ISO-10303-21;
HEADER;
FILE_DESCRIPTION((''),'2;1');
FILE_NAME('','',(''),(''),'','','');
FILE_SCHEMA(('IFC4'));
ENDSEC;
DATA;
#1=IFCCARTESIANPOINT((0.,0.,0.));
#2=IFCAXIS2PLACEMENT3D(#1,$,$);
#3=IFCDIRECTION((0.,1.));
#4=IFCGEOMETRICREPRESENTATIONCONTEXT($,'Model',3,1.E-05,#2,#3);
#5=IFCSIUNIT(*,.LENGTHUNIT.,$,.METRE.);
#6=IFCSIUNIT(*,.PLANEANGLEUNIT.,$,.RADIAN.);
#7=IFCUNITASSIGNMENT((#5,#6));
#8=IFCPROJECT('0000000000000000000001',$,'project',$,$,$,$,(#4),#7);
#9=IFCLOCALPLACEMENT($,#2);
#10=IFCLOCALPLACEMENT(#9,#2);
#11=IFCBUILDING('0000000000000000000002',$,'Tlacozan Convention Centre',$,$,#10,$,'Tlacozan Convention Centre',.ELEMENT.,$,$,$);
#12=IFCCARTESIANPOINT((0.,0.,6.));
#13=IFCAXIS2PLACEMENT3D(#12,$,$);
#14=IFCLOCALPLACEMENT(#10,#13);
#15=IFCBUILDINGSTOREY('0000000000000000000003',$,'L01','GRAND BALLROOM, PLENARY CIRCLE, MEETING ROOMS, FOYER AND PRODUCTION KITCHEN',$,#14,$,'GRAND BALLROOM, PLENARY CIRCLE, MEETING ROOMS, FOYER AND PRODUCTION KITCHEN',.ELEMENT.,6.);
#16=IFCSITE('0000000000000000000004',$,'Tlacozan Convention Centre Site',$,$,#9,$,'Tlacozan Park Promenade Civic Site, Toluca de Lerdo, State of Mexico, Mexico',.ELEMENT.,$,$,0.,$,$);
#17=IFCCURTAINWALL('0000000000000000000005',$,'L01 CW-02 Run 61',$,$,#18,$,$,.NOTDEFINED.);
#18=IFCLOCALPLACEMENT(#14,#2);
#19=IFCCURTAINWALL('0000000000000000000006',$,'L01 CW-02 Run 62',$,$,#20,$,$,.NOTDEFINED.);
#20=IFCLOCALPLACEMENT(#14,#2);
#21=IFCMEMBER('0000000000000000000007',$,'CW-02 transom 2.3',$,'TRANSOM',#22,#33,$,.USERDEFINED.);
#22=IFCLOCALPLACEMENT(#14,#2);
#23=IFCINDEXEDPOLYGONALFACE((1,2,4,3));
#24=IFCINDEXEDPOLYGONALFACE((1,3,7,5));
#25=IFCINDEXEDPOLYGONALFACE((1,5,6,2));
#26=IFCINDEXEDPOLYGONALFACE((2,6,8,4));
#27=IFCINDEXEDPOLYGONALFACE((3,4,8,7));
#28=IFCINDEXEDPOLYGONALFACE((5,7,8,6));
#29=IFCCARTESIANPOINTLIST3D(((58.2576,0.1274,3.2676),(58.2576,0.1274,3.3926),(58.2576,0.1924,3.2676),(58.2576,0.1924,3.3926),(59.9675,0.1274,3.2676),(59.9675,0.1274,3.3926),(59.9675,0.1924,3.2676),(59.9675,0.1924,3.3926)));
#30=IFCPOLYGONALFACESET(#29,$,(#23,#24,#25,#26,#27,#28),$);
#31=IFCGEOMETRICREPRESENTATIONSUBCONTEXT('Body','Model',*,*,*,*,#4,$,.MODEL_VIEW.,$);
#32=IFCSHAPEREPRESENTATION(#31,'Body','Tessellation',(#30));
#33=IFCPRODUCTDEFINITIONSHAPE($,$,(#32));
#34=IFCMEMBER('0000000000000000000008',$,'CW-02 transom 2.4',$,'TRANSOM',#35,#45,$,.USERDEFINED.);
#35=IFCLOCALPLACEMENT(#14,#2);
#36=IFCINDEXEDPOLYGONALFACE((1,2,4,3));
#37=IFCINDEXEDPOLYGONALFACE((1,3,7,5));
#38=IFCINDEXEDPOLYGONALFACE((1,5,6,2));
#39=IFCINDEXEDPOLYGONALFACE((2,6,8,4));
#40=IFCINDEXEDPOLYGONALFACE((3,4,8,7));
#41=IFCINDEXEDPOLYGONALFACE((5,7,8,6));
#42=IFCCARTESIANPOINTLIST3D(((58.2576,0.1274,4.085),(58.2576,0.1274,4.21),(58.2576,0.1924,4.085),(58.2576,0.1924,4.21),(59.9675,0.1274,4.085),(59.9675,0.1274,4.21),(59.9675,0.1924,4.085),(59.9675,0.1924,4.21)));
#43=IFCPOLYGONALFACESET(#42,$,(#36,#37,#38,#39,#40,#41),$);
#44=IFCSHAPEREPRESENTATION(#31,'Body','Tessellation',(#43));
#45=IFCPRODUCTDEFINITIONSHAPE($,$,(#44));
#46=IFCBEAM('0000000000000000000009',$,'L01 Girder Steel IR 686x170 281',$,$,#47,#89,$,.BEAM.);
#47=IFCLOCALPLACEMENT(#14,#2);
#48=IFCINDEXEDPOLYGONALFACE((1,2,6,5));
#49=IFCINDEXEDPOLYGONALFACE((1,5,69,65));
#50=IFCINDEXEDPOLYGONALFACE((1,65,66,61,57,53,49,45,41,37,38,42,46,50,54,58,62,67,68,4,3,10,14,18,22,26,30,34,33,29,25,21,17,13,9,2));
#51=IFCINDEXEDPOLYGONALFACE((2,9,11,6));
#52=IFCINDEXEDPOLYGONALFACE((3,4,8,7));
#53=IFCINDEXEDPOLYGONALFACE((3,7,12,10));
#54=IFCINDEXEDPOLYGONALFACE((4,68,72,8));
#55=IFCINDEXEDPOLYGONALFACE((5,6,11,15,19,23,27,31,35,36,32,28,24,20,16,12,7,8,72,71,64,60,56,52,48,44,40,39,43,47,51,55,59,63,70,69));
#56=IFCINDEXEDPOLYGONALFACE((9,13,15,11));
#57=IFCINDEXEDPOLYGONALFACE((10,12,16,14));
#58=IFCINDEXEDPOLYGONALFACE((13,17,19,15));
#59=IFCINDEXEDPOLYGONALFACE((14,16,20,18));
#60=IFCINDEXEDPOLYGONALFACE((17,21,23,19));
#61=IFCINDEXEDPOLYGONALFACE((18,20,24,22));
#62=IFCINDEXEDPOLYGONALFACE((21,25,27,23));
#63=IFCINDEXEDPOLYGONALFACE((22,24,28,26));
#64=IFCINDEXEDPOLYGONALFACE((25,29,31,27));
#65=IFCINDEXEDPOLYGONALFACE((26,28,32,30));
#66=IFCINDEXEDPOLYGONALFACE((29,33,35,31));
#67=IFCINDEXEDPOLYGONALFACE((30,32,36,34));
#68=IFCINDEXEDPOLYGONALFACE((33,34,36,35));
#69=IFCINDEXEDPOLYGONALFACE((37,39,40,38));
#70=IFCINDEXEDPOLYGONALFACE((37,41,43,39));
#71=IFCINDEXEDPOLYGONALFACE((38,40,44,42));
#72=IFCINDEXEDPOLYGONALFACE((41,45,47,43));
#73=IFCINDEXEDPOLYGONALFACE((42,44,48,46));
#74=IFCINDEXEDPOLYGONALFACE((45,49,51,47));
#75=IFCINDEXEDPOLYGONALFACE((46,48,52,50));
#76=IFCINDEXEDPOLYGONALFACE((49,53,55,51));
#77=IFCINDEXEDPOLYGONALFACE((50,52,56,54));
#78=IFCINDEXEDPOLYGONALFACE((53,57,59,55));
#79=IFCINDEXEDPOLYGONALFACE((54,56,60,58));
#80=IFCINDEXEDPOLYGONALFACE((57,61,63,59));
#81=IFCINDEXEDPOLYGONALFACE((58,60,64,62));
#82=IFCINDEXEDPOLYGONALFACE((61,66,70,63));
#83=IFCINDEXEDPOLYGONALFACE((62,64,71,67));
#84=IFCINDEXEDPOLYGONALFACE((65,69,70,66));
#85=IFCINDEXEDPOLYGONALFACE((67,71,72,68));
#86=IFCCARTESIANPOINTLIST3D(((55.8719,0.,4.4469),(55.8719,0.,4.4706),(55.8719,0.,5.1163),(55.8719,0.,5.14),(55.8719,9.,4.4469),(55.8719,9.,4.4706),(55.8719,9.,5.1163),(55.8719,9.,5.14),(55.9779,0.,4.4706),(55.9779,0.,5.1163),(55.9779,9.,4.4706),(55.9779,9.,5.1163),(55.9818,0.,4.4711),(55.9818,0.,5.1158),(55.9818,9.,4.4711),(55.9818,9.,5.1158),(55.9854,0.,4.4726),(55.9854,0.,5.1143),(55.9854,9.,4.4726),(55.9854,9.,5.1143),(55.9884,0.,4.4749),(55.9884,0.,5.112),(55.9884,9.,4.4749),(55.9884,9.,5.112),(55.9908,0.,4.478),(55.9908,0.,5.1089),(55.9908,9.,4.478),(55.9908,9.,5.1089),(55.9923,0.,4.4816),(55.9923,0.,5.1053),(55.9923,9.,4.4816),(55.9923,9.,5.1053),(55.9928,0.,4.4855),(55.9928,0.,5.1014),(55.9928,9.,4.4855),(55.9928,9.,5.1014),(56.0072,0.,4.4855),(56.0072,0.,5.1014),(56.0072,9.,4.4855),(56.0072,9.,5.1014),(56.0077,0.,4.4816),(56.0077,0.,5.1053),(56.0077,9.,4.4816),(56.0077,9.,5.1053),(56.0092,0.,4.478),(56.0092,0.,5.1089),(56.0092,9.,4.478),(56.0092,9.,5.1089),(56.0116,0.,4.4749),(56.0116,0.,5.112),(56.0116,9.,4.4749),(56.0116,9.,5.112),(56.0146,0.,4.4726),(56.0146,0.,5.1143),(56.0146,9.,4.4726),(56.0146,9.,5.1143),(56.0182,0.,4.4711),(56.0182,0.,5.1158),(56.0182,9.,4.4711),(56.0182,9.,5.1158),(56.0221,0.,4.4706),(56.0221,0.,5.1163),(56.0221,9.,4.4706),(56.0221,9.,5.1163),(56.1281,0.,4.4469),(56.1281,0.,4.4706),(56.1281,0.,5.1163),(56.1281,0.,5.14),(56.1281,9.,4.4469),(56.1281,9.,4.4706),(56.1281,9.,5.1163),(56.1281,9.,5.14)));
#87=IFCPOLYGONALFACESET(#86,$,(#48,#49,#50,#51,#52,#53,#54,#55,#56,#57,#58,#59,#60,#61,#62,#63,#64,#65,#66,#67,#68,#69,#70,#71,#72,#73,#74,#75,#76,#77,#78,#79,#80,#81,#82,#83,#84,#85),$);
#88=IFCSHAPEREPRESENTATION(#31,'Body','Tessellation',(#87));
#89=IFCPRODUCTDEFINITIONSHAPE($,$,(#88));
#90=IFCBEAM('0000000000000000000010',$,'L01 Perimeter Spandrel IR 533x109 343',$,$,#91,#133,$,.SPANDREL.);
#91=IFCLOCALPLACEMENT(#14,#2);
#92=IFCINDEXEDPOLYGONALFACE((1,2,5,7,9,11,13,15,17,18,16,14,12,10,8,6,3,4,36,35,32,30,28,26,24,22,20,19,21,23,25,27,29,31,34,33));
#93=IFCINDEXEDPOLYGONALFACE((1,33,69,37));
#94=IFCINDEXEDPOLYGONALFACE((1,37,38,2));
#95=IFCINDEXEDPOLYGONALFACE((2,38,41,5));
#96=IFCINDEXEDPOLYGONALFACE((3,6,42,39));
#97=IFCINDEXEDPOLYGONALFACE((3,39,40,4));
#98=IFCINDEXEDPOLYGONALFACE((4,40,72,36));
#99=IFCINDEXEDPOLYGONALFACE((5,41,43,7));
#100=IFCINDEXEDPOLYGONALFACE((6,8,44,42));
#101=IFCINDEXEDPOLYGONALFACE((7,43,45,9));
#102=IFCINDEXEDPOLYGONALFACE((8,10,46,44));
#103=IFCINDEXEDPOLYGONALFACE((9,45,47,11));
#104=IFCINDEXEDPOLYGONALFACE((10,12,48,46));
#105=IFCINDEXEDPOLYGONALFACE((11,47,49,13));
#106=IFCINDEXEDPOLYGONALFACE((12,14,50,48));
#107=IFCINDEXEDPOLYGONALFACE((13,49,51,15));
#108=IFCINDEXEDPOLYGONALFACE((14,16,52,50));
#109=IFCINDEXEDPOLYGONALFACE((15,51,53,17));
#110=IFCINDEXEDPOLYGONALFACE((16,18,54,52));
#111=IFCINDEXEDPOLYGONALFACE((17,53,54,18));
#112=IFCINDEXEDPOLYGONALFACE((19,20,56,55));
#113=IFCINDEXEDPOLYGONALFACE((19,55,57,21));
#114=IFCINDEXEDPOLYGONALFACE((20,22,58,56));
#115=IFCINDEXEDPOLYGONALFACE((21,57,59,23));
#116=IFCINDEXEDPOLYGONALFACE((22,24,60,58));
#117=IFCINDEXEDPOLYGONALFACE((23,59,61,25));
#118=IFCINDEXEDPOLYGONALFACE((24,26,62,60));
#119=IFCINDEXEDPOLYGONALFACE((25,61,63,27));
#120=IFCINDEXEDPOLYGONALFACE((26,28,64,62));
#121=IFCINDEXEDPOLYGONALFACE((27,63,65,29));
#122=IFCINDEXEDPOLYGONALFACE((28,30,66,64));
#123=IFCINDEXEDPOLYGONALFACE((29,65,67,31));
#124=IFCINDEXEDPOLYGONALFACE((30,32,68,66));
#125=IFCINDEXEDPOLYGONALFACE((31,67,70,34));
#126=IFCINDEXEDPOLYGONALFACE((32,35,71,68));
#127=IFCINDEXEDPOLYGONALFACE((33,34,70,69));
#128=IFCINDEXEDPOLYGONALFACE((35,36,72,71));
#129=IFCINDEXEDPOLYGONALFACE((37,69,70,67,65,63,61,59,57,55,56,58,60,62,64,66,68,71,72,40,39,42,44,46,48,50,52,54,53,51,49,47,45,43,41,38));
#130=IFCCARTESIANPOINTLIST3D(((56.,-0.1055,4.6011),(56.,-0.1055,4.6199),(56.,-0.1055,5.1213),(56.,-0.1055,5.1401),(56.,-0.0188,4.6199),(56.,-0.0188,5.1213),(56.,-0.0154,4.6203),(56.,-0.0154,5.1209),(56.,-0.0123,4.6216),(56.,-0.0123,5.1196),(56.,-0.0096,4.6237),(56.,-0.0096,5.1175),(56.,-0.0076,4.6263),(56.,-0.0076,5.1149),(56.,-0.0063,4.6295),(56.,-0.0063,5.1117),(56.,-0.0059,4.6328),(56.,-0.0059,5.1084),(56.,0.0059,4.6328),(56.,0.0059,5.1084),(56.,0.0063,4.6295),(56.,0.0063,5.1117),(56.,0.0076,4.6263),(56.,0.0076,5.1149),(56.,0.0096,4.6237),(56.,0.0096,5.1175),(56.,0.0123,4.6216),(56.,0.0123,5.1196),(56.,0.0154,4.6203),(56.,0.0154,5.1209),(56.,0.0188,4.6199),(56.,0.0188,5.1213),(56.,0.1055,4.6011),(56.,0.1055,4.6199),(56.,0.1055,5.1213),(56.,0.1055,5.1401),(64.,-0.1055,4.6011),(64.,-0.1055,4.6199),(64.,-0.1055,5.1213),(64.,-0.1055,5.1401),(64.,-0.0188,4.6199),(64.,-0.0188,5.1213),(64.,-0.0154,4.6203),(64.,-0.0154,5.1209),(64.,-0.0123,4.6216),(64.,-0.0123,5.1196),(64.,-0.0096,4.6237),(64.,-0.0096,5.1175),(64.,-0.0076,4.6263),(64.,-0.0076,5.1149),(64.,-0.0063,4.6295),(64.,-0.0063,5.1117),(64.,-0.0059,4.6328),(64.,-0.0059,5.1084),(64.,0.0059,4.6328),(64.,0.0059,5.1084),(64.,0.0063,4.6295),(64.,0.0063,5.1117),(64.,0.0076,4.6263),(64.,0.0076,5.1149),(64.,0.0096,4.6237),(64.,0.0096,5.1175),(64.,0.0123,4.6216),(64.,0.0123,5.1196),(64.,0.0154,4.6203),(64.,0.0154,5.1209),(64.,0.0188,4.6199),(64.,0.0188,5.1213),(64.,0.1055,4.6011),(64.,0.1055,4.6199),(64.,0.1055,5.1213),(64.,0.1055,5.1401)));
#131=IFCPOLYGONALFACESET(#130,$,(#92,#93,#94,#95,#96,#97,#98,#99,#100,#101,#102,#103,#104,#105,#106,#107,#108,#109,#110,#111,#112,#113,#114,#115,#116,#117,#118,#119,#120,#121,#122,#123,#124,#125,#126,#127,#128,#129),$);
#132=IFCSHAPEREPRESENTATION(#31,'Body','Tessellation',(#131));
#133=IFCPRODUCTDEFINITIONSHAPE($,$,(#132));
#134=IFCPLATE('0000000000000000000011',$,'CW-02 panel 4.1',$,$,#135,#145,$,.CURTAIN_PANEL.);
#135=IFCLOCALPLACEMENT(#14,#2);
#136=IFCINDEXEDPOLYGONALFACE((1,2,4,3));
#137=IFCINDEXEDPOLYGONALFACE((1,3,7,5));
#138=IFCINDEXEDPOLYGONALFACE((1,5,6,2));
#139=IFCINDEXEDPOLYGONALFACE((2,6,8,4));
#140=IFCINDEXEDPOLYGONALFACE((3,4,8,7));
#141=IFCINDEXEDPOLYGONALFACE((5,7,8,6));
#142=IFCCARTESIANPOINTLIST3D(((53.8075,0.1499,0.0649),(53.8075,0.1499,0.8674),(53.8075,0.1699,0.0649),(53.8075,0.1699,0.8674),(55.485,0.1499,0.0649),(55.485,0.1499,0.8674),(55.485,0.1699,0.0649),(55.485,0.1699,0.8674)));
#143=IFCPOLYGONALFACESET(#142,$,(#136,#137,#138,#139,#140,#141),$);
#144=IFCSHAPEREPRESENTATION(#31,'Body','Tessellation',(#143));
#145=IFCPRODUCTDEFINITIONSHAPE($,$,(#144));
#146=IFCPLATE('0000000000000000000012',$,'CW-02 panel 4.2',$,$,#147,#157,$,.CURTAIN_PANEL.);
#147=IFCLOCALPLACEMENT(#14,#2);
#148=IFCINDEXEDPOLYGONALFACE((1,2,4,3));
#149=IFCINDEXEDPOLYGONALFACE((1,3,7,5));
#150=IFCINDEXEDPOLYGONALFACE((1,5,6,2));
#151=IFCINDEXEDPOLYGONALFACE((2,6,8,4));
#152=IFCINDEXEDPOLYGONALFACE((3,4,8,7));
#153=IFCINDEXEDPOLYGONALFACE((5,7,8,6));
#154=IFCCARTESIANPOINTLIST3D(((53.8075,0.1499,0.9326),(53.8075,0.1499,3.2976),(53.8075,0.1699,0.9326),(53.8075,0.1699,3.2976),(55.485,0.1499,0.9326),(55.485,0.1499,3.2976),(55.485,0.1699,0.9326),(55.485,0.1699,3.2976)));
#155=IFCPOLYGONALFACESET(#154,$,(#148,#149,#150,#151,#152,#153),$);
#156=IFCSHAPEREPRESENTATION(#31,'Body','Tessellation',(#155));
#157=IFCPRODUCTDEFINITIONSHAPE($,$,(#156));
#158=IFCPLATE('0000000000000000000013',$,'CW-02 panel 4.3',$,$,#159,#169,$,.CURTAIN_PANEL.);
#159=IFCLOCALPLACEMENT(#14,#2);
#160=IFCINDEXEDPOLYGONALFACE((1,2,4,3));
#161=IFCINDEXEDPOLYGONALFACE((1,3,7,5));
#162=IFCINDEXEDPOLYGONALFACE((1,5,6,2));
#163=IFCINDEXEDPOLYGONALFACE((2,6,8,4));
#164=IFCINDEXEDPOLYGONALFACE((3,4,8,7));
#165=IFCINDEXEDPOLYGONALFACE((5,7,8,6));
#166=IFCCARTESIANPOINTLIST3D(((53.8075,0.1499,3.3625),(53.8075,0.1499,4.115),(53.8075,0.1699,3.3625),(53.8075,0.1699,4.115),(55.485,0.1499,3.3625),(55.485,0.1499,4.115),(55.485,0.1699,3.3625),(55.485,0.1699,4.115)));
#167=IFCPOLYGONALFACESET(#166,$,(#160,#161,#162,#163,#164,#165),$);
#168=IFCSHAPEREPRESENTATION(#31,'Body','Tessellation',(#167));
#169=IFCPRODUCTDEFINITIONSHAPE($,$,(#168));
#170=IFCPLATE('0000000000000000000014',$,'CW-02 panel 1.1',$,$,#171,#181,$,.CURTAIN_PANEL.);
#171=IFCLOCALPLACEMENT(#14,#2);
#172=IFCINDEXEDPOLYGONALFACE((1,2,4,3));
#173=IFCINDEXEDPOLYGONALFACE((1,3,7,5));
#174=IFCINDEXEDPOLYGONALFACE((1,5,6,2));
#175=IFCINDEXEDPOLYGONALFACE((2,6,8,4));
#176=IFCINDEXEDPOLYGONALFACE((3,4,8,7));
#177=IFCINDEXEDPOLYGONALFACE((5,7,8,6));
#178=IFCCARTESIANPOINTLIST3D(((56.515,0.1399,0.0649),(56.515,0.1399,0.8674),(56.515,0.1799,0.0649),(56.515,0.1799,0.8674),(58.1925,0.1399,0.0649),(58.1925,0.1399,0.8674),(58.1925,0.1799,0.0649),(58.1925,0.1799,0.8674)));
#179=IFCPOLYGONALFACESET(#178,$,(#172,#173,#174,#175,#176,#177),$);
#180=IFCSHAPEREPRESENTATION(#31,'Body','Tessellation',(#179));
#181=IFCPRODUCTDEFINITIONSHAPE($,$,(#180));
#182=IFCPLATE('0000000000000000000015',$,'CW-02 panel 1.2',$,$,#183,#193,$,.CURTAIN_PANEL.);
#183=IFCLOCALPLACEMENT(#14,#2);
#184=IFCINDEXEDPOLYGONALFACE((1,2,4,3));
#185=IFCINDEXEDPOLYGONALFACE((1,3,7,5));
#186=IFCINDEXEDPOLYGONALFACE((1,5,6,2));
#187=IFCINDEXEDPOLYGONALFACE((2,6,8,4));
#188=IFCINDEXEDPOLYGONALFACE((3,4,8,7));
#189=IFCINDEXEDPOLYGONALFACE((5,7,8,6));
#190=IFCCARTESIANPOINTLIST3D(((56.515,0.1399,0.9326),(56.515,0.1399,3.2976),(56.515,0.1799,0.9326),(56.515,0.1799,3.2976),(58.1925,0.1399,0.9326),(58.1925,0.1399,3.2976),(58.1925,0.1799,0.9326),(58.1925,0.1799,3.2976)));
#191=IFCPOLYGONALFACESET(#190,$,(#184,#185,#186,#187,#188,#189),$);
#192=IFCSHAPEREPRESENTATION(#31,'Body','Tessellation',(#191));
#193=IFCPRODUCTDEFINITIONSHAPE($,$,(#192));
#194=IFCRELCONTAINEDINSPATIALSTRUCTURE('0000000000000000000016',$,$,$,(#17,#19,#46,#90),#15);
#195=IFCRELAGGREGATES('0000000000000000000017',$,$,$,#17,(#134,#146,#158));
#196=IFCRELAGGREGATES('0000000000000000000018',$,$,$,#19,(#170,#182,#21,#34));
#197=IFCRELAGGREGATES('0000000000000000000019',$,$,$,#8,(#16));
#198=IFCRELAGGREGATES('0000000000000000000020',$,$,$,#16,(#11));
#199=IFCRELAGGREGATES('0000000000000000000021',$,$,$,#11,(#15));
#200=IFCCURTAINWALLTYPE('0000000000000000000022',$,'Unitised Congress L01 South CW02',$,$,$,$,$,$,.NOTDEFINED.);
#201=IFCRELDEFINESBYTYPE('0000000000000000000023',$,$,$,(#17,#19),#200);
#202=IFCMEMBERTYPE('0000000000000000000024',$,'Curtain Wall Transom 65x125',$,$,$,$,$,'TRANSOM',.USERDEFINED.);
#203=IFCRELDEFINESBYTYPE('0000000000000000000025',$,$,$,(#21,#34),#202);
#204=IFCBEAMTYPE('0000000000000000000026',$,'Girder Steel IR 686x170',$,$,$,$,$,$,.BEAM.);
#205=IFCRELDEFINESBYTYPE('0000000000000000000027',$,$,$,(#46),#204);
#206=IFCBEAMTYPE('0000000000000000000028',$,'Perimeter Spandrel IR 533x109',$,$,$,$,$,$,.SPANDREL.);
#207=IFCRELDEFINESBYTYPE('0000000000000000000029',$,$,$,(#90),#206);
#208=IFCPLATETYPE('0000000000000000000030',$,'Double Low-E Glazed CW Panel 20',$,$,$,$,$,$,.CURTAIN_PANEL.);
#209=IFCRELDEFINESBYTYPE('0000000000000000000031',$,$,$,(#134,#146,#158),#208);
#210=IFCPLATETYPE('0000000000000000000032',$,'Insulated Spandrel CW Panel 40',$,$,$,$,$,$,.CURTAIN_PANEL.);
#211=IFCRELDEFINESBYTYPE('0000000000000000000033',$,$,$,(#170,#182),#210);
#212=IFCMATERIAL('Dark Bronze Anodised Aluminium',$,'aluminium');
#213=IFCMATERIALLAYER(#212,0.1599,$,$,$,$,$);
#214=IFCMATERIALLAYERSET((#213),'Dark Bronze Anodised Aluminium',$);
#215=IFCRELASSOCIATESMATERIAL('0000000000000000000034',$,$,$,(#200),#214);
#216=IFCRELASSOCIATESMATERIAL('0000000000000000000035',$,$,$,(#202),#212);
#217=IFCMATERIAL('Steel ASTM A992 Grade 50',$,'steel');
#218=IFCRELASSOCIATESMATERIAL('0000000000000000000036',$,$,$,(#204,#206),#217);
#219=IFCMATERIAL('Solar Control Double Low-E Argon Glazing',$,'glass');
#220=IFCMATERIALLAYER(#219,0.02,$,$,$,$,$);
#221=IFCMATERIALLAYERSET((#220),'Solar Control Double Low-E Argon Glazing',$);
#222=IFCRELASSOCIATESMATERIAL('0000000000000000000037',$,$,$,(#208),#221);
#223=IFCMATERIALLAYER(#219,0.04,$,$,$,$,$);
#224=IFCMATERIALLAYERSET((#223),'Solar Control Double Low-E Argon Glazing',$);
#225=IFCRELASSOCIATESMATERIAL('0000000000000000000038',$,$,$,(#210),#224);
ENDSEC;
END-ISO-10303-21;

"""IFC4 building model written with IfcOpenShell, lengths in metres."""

from ifc_helpers import new_model, si_unit, direction, frame, origin, origin_2d, place, context, subcontext, project, spatial, rectangle, i_section, extrude, material, layer, layer_set, material_profile, profile_set, type_object, element, aggregate, save


model = new_model("IFC4")

# Units and contexts
model_context = context("Model", 3, precision=1e-05, world=origin(), true_north=direction((0.0, 1.0)))
body_context = subcontext(model_context, "Body", "Model", "MODEL_VIEW")
ifc_project = project(units=[si_unit("LENGTHUNIT", "METRE"), si_unit("PLANEANGLEUNIT", "RADIAN")], contexts=[model_context])

# Site, building, storey
site_placement = place(None, origin())
site = spatial("IfcSite", under=ifc_project, at=site_placement, Name="Tlacozan Convention Centre Site", LongName="Tlacozan Park Promenade Civic Site, Toluca de Lerdo, State of Mexico, Mexico", CompositionType="ELEMENT", RefElevation=0.0)
building_placement = place(site_placement, origin())
building = spatial("IfcBuilding", under=site, at=building_placement, Name="Tlacozan Convention Centre", LongName="Tlacozan Convention Centre", CompositionType="ELEMENT")
storey_placement = place(building_placement, frame((0.0, 0.0, 6.0)))
storey = spatial("IfcBuildingStorey", under=building, at=storey_placement, Name="L01", Description="GRAND BALLROOM, PLENARY CIRCLE, MEETING ROOMS, FOYER AND PRODUCTION KITCHEN", LongName="GRAND BALLROOM, PLENARY CIRCLE, MEETING ROOMS, FOYER AND PRODUCTION KITCHEN", CompositionType="ELEMENT", Elevation=6.0)

# Curtain wall
ifc_material_1 = material(Name="Dark Bronze Anodised Aluminium", Category="aluminium")
ifc_layer_1 = layer(ifc_material_1, 0.1599)
ifc_layer_set_1 = layer_set([ifc_layer_1], Name="Dark Bronze Anodised Aluminium")
curtain_wall_type = type_object("IfcCurtainWallType", Name="Unitised Congress L01 South CW02", PredefinedType="NOTDEFINED", material=ifc_layer_set_1)
curtain_wall_1_placement = place(storey_placement, origin())
curtain_wall_1 = element("IfcCurtainWall", 1, at=curtain_wall_1_placement, inside=storey, type_object=curtain_wall_type, Name="L01 CW-02 Run 61", PredefinedType="NOTDEFINED")

# Curtain wall
curtain_wall_2_placement = place(storey_placement, origin())
curtain_wall_2 = element("IfcCurtainWall", 2, at=curtain_wall_2_placement, inside=storey, type_object=curtain_wall_type, Name="L01 CW-02 Run 62", PredefinedType="NOTDEFINED")

# Members
ifc_material_profile_1 = material_profile(ifc_material_1, rectangle(XDim=0.0649, YDim=0.125, at=origin_2d()), Name="ALU 65x125")
ifc_profile_set_1 = profile_set([ifc_material_profile_1], Name="Dark Bronze Anodised Aluminium")
member_type_1 = type_object("IfcMemberType", Name="Curtain Wall Transom 65x125", ElementType="TRANSOM", PredefinedType="USERDEFINED", material=ifc_profile_set_1)
member_1_placement = place(storey_placement, frame((58.2576, 0.1599, 3.3301), z_axis=(1.0, 0.0, 0.0), x_axis=(0.0, 1.0, 0.0)))
member_1 = element("IfcMember", 3, at=member_1_placement, type_object=member_type_1, Name="CW-02 transom 2.3", ObjectType="TRANSOM", PredefinedType="USERDEFINED", context=body_context, shape_type="SweptSolid", body=[
    extrude(rectangle(XDim=0.0649, YDim=0.125, at=origin_2d()), origin(), (0.0, 0.0, 1.0), 1.71),
])
member_2_placement = place(storey_placement, frame((58.2576, 0.1599, 4.1475), z_axis=(1.0, 0.0, 0.0), x_axis=(0.0, 1.0, 0.0)))
member_2 = element("IfcMember", 4, at=member_2_placement, type_object=member_type_1, Name="CW-02 transom 2.4", ObjectType="TRANSOM", PredefinedType="USERDEFINED", context=body_context, shape_type="SweptSolid", body=[
    extrude(rectangle(XDim=0.0649, YDim=0.125, at=origin_2d()), origin(), (0.0, 0.0, 1.0), 1.71),
])

# Beams
ifc_material_2 = material(Name="Steel ASTM A992 Grade 50", Category="steel")
ifc_material_profile_2 = material_profile(ifc_material_2, i_section(OverallWidth=0.2561, OverallDepth=0.6931, WebThickness=0.0144, FlangeThickness=0.0237, FilletRadius=0.0149, at=origin_2d()), Name="IR 686x170.0")
ifc_profile_set_2 = profile_set([ifc_material_profile_2], Name="Steel ASTM A992 Grade 50")
beam_type_1 = type_object("IfcBeamType", Name="Girder Steel IR 686x170", PredefinedType="BEAM", material=ifc_profile_set_2)
beam_1_placement = place(storey_placement, frame((56.0, 0.0, 4.7935), z_axis=(0.0, 1.0, 0.0), x_axis=(-1.0, 0.0, 0.0)))
element("IfcBeam", 5, at=beam_1_placement, inside=storey, type_object=beam_type_1, Name="L01 Girder Steel IR 686x170 281", PredefinedType="BEAM", context=body_context, shape_type="SweptSolid", body=[
    extrude(i_section(OverallWidth=0.2561, OverallDepth=0.6931, WebThickness=0.0144, FlangeThickness=0.0237, FilletRadius=0.0149, at=origin_2d()), origin(), (0.0, 0.0, 1.0), 9.0),
])
ifc_material_profile_3 = material_profile(ifc_material_2, i_section(OverallWidth=0.2109, OverallDepth=0.5391, WebThickness=0.0117, FlangeThickness=0.0188, FilletRadius=0.0129, at=origin_2d()), Name="IR 533x109.0")
ifc_profile_set_3 = profile_set([ifc_material_profile_3], Name="Steel ASTM A992 Grade 50")
beam_type_2 = type_object("IfcBeamType", Name="Perimeter Spandrel IR 533x109", PredefinedType="SPANDREL", material=ifc_profile_set_3)
beam_2_placement = place(storey_placement, frame((56.0, 0.0, 4.8706), z_axis=(1.0, 0.0, 0.0), x_axis=(0.0, 1.0, 0.0)))
element("IfcBeam", 6, at=beam_2_placement, inside=storey, type_object=beam_type_2, Name="L01 Perimeter Spandrel IR 533x109 343", PredefinedType="SPANDREL", context=body_context, shape_type="SweptSolid", body=[
    extrude(i_section(OverallWidth=0.2109, OverallDepth=0.5391, WebThickness=0.0117, FlangeThickness=0.0188, FilletRadius=0.0129, at=origin_2d()), origin(), (0.0, 0.0, 1.0), 8.0),
])

# Plates
ifc_material_3 = material(Name="Solar Control Double Low-E Argon Glazing", Category="glass")
ifc_layer_2 = layer(ifc_material_3, 0.02)
ifc_layer_set_2 = layer_set([ifc_layer_2], Name="Solar Control Double Low-E Argon Glazing")
plate_type_1 = type_object("IfcPlateType", Name="Double Low-E Glazed CW Panel 20", PredefinedType="CURTAIN_PANEL", material=ifc_layer_set_2)
plate_1_placement = place(storey_placement, frame((54.6462, 0.1599, 0.0649), z_axis=(0.0, 0.0, 1.0), x_axis=(1.0, 0.0, 0.0)))
plate_1 = element("IfcPlate", 7, at=plate_1_placement, type_object=plate_type_1, Name="CW-02 panel 4.1", PredefinedType="CURTAIN_PANEL", context=body_context, shape_type="SweptSolid", body=[
    extrude(rectangle(XDim=1.6775, YDim=0.02, at=origin_2d()), origin(), (0.0, 0.0, 1.0), 0.8025),
])
plate_2_placement = place(storey_placement, frame((54.6462, 0.1599, 0.9326), z_axis=(0.0, 0.0, 1.0), x_axis=(1.0, 0.0, 0.0)))
plate_2 = element("IfcPlate", 8, at=plate_2_placement, type_object=plate_type_1, Name="CW-02 panel 4.2", PredefinedType="CURTAIN_PANEL", context=body_context, shape_type="SweptSolid", body=[
    extrude(rectangle(XDim=1.6775, YDim=0.02, at=origin_2d()), origin(), (0.0, 0.0, 1.0), 2.365),
])
plate_3_placement = place(storey_placement, frame((54.6462, 0.1599, 3.3625), z_axis=(0.0, 0.0, 1.0), x_axis=(1.0, 0.0, 0.0)))
plate_3 = element("IfcPlate", 9, at=plate_3_placement, type_object=plate_type_1, Name="CW-02 panel 4.3", PredefinedType="CURTAIN_PANEL", context=body_context, shape_type="SweptSolid", body=[
    extrude(rectangle(XDim=1.6775, YDim=0.02, at=origin_2d()), origin(), (0.0, 0.0, 1.0), 0.7524),
])
aggregate(curtain_wall_1, [plate_1, plate_2, plate_3])
ifc_layer_3 = layer(ifc_material_3, 0.04)
ifc_layer_set_3 = layer_set([ifc_layer_3], Name="Solar Control Double Low-E Argon Glazing")
plate_type_2 = type_object("IfcPlateType", Name="Insulated Spandrel CW Panel 40", PredefinedType="CURTAIN_PANEL", material=ifc_layer_set_3)
plate_4_placement = place(storey_placement, frame((57.3538, 0.1599, 0.0649), z_axis=(0.0, 0.0, 1.0), x_axis=(1.0, 0.0, 0.0)))
plate_4 = element("IfcPlate", 10, at=plate_4_placement, type_object=plate_type_2, Name="CW-02 panel 1.1", PredefinedType="CURTAIN_PANEL", context=body_context, shape_type="SweptSolid", body=[
    extrude(rectangle(XDim=1.6775, YDim=0.04, at=origin_2d()), origin(), (0.0, 0.0, 1.0), 0.8025),
])
plate_5_placement = place(storey_placement, frame((57.3538, 0.1599, 0.9326), z_axis=(0.0, 0.0, 1.0), x_axis=(1.0, 0.0, 0.0)))
plate_5 = element("IfcPlate", 11, at=plate_5_placement, type_object=plate_type_2, Name="CW-02 panel 1.2", PredefinedType="CURTAIN_PANEL", context=body_context, shape_type="SweptSolid", body=[
    extrude(rectangle(XDim=1.6775, YDim=0.04, at=origin_2d()), origin(), (0.0, 0.0, 1.0), 2.365),
])
aggregate(curtain_wall_2, [plate_4, plate_5, member_1, member_2])

save(model, "model.ifc")
